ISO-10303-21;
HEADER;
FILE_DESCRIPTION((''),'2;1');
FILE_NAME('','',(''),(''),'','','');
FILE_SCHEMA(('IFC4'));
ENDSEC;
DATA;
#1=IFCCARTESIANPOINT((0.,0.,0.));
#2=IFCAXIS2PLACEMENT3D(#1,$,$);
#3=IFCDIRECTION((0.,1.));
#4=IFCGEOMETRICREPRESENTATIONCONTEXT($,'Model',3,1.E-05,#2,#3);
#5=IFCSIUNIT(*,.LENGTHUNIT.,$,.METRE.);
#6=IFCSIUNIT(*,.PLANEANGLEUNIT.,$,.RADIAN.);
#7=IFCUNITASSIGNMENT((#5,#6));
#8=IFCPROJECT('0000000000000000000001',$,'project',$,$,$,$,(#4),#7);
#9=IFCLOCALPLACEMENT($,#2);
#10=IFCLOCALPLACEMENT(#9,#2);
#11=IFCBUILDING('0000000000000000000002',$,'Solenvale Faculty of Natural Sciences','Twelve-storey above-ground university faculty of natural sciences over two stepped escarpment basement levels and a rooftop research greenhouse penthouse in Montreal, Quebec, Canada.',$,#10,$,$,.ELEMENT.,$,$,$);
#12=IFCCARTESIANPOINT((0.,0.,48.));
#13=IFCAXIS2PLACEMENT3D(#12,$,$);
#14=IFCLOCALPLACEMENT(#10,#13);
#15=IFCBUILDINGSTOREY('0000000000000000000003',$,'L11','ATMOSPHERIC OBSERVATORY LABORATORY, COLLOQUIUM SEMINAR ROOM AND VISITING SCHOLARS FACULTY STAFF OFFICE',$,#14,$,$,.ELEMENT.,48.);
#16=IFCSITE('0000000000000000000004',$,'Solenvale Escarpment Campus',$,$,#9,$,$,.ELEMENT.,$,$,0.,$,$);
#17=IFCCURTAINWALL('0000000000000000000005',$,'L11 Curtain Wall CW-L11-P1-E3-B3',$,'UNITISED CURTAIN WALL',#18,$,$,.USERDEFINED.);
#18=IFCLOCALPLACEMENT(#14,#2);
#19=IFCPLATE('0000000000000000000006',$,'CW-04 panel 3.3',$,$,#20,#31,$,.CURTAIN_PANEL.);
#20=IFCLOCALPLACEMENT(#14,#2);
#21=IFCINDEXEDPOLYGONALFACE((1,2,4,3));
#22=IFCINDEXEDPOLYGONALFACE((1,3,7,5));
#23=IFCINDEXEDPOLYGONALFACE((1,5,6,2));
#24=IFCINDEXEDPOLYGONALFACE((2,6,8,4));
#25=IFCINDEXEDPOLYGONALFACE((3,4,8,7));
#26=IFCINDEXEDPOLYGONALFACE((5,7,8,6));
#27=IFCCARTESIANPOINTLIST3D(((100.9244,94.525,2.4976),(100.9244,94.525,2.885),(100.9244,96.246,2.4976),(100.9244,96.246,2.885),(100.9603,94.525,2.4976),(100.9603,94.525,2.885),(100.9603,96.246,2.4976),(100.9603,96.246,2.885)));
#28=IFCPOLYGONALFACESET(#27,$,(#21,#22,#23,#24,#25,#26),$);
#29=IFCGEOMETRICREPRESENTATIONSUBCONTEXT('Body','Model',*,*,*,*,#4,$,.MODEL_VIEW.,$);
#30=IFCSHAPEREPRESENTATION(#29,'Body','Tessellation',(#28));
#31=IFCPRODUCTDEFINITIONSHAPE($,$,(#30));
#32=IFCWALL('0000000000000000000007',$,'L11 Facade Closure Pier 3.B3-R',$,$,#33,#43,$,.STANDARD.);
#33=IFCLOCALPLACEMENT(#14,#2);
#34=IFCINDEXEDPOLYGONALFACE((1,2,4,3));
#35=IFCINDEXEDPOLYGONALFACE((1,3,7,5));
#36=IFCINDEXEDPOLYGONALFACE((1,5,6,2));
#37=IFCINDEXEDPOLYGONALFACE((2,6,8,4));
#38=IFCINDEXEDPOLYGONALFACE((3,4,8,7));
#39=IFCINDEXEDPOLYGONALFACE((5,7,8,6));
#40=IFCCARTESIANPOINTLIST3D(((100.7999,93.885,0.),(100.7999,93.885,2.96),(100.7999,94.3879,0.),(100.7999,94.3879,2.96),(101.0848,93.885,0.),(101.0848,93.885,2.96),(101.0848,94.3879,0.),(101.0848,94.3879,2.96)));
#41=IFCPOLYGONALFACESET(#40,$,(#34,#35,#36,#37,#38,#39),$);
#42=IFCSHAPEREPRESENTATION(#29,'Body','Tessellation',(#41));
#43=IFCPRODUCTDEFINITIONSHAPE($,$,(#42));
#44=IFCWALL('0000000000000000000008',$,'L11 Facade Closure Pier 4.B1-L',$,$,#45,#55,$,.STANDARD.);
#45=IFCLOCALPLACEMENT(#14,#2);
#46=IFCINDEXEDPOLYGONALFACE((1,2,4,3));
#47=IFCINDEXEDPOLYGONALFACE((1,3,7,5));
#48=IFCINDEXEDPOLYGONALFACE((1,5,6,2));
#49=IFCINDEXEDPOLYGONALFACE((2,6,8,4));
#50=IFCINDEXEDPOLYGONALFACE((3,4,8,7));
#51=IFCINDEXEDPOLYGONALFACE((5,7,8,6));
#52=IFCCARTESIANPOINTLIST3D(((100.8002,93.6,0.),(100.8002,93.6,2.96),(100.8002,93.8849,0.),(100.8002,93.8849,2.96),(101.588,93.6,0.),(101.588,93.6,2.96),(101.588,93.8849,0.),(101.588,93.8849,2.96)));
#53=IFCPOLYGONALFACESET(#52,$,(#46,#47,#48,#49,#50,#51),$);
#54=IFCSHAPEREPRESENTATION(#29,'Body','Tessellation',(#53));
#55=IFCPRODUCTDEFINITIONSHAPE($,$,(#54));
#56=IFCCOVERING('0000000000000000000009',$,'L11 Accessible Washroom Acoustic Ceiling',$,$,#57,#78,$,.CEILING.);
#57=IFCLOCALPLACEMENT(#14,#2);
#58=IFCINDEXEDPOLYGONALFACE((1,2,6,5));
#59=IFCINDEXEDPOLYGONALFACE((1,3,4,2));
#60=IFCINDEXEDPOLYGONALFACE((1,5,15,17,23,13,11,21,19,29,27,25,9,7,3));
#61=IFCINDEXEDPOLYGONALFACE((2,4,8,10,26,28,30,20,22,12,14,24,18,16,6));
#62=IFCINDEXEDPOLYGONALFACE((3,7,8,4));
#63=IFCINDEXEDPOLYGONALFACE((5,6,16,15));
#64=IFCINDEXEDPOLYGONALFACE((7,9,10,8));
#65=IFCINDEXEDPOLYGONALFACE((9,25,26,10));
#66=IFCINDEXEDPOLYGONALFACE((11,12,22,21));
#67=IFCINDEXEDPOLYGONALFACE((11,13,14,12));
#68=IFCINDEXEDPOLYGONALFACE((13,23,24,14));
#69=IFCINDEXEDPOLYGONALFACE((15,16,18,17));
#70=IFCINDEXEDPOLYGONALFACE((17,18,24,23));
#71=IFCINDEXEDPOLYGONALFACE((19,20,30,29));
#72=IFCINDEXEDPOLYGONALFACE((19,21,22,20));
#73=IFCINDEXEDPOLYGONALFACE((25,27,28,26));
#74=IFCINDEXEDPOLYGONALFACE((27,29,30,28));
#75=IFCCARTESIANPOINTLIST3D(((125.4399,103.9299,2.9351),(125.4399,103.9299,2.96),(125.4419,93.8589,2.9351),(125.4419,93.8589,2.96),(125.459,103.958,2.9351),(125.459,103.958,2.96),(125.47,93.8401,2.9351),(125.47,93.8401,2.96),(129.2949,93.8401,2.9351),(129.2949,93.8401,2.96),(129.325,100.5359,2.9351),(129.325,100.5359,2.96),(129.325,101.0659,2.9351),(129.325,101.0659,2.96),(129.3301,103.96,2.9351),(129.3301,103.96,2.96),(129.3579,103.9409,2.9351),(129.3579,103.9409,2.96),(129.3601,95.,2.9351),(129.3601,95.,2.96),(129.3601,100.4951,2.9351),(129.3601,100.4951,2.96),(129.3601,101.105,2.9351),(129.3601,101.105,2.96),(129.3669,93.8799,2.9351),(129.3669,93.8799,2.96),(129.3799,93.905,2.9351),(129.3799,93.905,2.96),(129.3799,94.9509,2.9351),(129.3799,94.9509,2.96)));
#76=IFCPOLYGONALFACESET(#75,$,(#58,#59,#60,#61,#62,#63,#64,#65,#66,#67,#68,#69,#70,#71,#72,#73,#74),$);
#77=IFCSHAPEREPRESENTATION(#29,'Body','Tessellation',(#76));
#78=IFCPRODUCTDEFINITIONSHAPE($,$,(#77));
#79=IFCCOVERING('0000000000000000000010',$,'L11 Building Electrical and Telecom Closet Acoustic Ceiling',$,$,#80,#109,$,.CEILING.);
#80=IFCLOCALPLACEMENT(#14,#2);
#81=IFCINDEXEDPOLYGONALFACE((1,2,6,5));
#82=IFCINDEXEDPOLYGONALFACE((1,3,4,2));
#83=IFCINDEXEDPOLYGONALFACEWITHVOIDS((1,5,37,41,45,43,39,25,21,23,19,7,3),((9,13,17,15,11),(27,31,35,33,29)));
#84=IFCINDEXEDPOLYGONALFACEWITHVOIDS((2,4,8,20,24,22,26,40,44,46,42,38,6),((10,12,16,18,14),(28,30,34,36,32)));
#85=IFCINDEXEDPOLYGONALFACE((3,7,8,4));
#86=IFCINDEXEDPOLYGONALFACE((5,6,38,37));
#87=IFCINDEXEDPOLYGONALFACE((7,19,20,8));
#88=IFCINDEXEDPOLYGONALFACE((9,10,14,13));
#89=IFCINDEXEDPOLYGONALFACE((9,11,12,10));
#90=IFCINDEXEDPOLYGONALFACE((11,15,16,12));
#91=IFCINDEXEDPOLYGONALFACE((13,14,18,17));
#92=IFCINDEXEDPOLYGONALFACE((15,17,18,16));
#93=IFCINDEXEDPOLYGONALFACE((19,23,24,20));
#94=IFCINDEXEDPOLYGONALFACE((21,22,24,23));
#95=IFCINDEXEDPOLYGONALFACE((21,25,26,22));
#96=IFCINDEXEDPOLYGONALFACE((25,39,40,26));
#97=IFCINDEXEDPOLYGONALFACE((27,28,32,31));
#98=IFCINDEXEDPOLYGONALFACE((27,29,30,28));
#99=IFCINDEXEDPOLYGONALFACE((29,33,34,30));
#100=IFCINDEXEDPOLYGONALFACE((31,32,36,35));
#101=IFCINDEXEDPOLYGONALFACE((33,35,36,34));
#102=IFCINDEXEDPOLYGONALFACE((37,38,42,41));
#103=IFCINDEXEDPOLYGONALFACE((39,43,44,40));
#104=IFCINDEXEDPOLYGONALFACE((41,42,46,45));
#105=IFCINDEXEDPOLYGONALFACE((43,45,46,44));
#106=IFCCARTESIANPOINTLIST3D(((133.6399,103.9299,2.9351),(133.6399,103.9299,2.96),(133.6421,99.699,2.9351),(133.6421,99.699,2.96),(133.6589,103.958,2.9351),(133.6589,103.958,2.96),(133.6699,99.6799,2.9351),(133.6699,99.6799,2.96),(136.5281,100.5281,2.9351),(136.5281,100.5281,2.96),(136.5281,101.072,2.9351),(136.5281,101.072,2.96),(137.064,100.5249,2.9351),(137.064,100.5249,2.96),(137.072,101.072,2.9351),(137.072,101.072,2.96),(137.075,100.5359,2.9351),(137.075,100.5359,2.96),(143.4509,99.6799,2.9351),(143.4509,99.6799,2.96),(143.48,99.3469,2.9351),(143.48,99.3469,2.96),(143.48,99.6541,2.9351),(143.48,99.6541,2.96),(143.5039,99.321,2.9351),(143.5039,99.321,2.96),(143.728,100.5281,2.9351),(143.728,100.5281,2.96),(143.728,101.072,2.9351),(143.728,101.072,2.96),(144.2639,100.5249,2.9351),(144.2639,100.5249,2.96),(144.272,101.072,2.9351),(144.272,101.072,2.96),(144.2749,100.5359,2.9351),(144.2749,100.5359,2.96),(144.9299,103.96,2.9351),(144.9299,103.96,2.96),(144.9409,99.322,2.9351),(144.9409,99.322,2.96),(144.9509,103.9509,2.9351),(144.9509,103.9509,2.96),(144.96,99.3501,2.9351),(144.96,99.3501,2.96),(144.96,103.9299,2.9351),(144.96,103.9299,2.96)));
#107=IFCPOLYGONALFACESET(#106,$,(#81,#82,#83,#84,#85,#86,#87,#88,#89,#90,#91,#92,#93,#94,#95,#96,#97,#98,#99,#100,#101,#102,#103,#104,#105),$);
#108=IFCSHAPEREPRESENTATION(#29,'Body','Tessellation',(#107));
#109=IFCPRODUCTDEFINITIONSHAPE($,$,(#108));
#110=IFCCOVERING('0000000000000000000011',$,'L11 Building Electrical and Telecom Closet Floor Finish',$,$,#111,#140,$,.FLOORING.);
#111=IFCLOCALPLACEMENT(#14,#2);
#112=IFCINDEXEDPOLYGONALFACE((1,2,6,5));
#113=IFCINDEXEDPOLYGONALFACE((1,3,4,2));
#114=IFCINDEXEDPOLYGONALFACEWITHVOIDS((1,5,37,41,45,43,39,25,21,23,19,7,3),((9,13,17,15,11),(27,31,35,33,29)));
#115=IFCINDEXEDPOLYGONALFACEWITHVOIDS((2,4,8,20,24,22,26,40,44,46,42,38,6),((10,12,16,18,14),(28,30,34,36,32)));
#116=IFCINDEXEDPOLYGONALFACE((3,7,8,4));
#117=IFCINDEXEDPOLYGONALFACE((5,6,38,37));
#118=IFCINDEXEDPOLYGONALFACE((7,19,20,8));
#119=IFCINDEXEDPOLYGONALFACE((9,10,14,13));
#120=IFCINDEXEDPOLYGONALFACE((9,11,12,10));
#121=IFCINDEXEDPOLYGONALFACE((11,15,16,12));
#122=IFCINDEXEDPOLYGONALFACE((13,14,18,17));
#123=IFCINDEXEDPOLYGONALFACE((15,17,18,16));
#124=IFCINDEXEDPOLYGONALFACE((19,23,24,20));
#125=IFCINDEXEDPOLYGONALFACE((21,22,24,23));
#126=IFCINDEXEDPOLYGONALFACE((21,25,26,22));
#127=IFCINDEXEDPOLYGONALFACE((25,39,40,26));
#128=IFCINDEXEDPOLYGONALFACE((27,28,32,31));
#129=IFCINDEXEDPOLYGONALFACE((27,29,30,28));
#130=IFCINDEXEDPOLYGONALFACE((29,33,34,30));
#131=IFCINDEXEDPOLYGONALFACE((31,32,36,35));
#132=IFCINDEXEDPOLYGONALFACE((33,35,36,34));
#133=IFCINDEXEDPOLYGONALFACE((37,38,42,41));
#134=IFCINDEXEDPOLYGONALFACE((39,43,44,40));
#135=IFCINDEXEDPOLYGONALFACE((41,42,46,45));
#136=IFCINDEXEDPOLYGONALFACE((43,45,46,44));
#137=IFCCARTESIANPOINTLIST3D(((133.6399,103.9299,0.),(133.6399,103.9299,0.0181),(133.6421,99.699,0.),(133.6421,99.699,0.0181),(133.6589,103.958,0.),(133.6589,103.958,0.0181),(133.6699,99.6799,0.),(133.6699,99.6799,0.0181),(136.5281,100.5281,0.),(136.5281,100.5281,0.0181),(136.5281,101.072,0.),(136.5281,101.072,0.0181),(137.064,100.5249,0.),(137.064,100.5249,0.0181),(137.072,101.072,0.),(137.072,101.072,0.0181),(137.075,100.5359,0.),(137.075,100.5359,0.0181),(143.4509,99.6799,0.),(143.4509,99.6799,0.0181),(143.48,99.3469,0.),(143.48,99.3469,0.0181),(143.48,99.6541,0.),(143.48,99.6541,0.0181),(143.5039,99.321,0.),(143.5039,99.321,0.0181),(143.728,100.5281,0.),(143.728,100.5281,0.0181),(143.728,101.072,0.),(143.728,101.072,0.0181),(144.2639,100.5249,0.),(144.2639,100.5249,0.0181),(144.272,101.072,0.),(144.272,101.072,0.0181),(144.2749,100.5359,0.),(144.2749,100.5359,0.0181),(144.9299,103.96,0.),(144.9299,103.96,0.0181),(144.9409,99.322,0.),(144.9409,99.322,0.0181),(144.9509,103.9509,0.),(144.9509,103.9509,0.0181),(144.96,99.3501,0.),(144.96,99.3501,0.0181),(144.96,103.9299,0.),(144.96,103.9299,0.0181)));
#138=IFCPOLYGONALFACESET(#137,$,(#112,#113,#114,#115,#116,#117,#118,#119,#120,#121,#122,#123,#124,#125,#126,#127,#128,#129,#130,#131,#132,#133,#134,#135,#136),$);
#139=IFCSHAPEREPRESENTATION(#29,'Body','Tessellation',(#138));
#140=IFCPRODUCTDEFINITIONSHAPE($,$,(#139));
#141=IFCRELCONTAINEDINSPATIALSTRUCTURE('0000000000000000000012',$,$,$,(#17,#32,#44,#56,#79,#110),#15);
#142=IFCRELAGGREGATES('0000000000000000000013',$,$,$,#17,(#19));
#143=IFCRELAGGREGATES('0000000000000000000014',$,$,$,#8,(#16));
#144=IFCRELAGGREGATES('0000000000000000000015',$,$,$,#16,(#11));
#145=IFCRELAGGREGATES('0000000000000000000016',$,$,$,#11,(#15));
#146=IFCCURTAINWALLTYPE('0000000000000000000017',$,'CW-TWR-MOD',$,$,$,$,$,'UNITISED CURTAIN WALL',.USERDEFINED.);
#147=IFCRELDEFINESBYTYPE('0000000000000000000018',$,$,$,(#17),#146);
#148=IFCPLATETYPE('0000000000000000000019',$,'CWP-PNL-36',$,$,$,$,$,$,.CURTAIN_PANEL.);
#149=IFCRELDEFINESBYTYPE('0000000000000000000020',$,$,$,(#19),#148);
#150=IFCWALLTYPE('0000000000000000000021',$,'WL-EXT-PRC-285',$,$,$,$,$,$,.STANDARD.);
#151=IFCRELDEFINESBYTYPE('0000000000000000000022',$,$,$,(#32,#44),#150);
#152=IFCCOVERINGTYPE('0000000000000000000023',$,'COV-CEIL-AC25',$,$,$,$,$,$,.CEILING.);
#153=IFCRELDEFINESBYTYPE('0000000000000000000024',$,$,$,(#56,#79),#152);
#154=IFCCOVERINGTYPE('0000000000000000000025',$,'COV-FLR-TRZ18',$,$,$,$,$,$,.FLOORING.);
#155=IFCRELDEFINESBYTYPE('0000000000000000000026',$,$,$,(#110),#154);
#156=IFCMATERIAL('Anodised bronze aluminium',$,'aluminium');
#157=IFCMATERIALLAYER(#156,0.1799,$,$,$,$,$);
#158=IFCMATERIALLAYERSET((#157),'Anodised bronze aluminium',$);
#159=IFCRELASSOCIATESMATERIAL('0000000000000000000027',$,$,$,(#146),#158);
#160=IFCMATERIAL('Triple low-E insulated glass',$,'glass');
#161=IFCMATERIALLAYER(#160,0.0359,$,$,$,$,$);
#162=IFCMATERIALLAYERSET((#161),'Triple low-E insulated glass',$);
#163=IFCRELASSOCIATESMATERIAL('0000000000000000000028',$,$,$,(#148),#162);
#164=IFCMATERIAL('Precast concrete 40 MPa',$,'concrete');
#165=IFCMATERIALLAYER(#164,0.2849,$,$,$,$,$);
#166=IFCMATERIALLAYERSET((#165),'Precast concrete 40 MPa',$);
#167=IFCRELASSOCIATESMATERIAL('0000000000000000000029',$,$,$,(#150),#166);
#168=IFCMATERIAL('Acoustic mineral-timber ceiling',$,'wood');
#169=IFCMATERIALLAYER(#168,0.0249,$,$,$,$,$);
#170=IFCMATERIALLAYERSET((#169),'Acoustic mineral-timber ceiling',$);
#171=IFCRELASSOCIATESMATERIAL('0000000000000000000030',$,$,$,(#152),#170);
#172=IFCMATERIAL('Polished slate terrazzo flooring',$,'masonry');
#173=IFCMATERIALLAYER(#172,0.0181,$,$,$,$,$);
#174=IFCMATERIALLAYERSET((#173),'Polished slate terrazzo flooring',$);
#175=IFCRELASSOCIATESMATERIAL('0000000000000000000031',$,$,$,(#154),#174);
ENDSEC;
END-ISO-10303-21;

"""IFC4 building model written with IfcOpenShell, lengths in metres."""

from ifc_helpers import new_model, si_unit, direction, frame, frame_2d, origin, origin_2d, place, context, subcontext, project, spatial, polyline, rectangle, outline, extrude, material, layer, layer_set, type_object, element, aggregate, save


model = new_model("IFC4")

# Units and contexts
model_context = context("Model", 3, precision=1e-05, world=origin(), true_north=direction((0.0, 1.0)))
body_context = subcontext(model_context, "Body", "Model", "MODEL_VIEW")
ifc_project = project(units=[si_unit("LENGTHUNIT", "METRE"), si_unit("PLANEANGLEUNIT", "RADIAN")], contexts=[model_context])

# Site, building, storey
site_placement = place(None, origin())
site = spatial("IfcSite", under=ifc_project, at=site_placement, Name="Solenvale Escarpment Campus", CompositionType="ELEMENT", RefElevation=0.0)
building_placement = place(site_placement, origin())
building = spatial("IfcBuilding", under=site, at=building_placement, Name="Solenvale Faculty of Natural Sciences", Description="Twelve-storey above-ground university faculty of natural sciences over two stepped escarpment basement levels and a rooftop research greenhouse penthouse in Montreal, Quebec, Canada.", CompositionType="ELEMENT")
storey_placement = place(building_placement, frame((0.0, 0.0, 48.0)))
storey = spatial("IfcBuildingStorey", under=building, at=storey_placement, Name="L11", Description="ATMOSPHERIC OBSERVATORY LABORATORY, COLLOQUIUM SEMINAR ROOM AND VISITING SCHOLARS FACULTY STAFF OFFICE", CompositionType="ELEMENT", Elevation=48.0)

# Curtain wall, plate
ifc_material_1 = material(Name="Anodised bronze aluminium", Category="aluminium")
ifc_layer_1 = layer(ifc_material_1, 0.1799)
ifc_layer_set_1 = layer_set([ifc_layer_1], Name="Anodised bronze aluminium")
curtain_wall_type = type_object("IfcCurtainWallType", Name="CW-TWR-MOD", ElementType="UNITISED CURTAIN WALL", PredefinedType="USERDEFINED", material=ifc_layer_set_1)
curtain_wall_placement = place(storey_placement, origin())
curtain_wall = element("IfcCurtainWall", 1, at=curtain_wall_placement, inside=storey, type_object=curtain_wall_type, Name="L11 Curtain Wall CW-L11-P1-E3-B3", ObjectType="UNITISED CURTAIN WALL", PredefinedType="USERDEFINED")
ifc_material_2 = material(Name="Triple low-E insulated glass", Category="glass")
ifc_layer_2 = layer(ifc_material_2, 0.0359)
ifc_layer_set_2 = layer_set([ifc_layer_2], Name="Triple low-E insulated glass")
plate_type = type_object("IfcPlateType", Name="CWP-PNL-36", PredefinedType="CURTAIN_PANEL", material=ifc_layer_set_2)
plate_1_placement = place(storey_placement, frame((100.9424, 95.3855, 2.4976), z_axis=(0.0, 0.0, 1.0), x_axis=(0.0, -1.0, 0.0)))
plate_1 = element("IfcPlate", 2, at=plate_1_placement, type_object=plate_type, Name="CW-04 panel 3.3", PredefinedType="CURTAIN_PANEL", context=body_context, shape_type="SweptSolid", body=[
    extrude(rectangle(XDim=1.7209, YDim=0.0359, at=origin_2d()), origin(), (0.0, 0.0, 1.0), 0.3875),
])
aggregate(curtain_wall, [plate_1])

# Walls
ifc_material_3 = material(Name="Precast concrete 40 MPa", Category="concrete")
ifc_layer_3 = layer(ifc_material_3, 0.2849)
ifc_layer_set_3 = layer_set([ifc_layer_3], Name="Precast concrete 40 MPa")
wall_type = type_object("IfcWallType", Name="WL-EXT-PRC-285", PredefinedType="STANDARD", material=ifc_layer_set_3)
wall_1_placement = place(storey_placement, frame((100.9424, 94.3879, 0.0), z_axis=(0.0, 0.0, 1.0), x_axis=(0.0, -1.0, 0.0)))
element("IfcWall", 3, at=wall_1_placement, inside=storey, type_object=wall_type, Name="L11 Facade Closure Pier 3.B3-R", PredefinedType="STANDARD", context=body_context, shape_type="SweptSolid", body=[
    extrude(rectangle(XDim=0.5029, YDim=0.2849, at=frame_2d((0.2515, 0.0))), origin(), (0.0, 0.0, 1.0), 2.96),
])
wall_2_placement = place(storey_placement, frame((100.8, 93.7424, 0.0), z_axis=(0.0, 0.0, 1.0), x_axis=(1.0, 0.0, 0.0)))
element("IfcWall", 4, at=wall_2_placement, inside=storey, type_object=wall_type, Name="L11 Facade Closure Pier 4.B1-L", PredefinedType="STANDARD", context=body_context, shape_type="SweptSolid", body=[
    extrude(rectangle(XDim=0.7878, YDim=0.2849, at=frame_2d((0.394, 0.0))), origin(), (0.0, 0.0, 1.0), 2.96),
])

# Coverings
ifc_material_4 = material(Name="Acoustic mineral-timber ceiling", Category="wood")
ifc_layer_4 = layer(ifc_material_4, 0.0249)
ifc_layer_set_4 = layer_set([ifc_layer_4], Name="Acoustic mineral-timber ceiling")
covering_type_1 = type_object("IfcCoveringType", Name="COV-CEIL-AC25", PredefinedType="CEILING", material=ifc_layer_set_4)
covering_1_placement = place(storey_placement, frame((0.0, 0.0, 2.9351)))
element("IfcCovering", 5, at=covering_1_placement, inside=storey, type_object=covering_type_1, Name="L11 Accessible Washroom Acoustic Ceiling", PredefinedType="CEILING", context=body_context, shape_type="SweptSolid", body=[
    extrude(outline(polyline([(129.3669, 93.8799), (129.2949, 93.8401), (125.47, 93.8401), (125.4419, 93.8589), (125.4399, 103.9299), (125.459, 103.958), (129.3301, 103.96), (129.3579, 103.9409), (129.3601, 101.105), (129.325, 101.0659), (129.325, 100.5359), (129.3601, 100.4951), (129.3601, 95.0), (129.3799, 94.9509), (129.3799, 93.905), (129.3669, 93.8799)])), origin(), (0.0, 0.0, 1.0), 0.0249),
])
covering_2_placement = place(storey_placement, frame((0.0, 0.0, 2.9351)))
element("IfcCovering", 6, at=covering_2_placement, inside=storey, type_object=covering_type_1, Name="L11 Building Electrical and Telecom Closet Acoustic Ceiling", PredefinedType="CEILING", context=body_context, shape_type="SweptSolid", body=[
    extrude(outline(polyline([(144.9299, 103.96), (144.9509, 103.9509), (144.96, 103.9299), (144.96, 99.3501), (144.9409, 99.322), (143.5039, 99.321), (143.48, 99.3469), (143.48, 99.6541), (143.4509, 99.6799), (133.6699, 99.6799), (133.6421, 99.699), (133.6399, 103.9299), (133.6589, 103.958), (144.9299, 103.96)]), holes=[polyline([(144.2639, 100.5249), (144.2749, 100.5359), (144.272, 101.072), (143.728, 101.072), (143.728, 100.5281), (144.2639, 100.5249)]), polyline([(137.064, 100.5249), (137.075, 100.5359), (137.072, 101.072), (136.5281, 101.072), (136.5281, 100.5281), (137.064, 100.5249)])]), origin(), (0.0, 0.0, 1.0), 0.0249),
])
ifc_material_5 = material(Name="Polished slate terrazzo flooring", Category="masonry")
ifc_layer_5 = layer(ifc_material_5, 0.0181)
ifc_layer_set_5 = layer_set([ifc_layer_5], Name="Polished slate terrazzo flooring")
covering_type_2 = type_object("IfcCoveringType", Name="COV-FLR-TRZ18", PredefinedType="FLOORING", material=ifc_layer_set_5)
covering_3_placement = place(storey_placement, origin())
element("IfcCovering", 7, at=covering_3_placement, inside=storey, type_object=covering_type_2, Name="L11 Building Electrical and Telecom Closet Floor Finish", PredefinedType="FLOORING", context=body_context, shape_type="SweptSolid", body=[
    extrude(outline(polyline([(144.9299, 103.96), (144.9509, 103.9509), (144.96, 103.9299), (144.96, 99.3501), (144.9409, 99.322), (143.5039, 99.321), (143.48, 99.3469), (143.48, 99.6541), (143.4509, 99.6799), (133.6699, 99.6799), (133.6421, 99.699), (133.6399, 103.9299), (133.6589, 103.958), (144.9299, 103.96)]), holes=[polyline([(144.2639, 100.5249), (144.2749, 100.5359), (144.272, 101.072), (143.728, 101.072), (143.728, 100.5281), (144.2639, 100.5249)]), polyline([(137.064, 100.5249), (137.075, 100.5359), (137.072, 101.072), (136.5281, 101.072), (136.5281, 100.5281), (137.064, 100.5249)])]), origin(), (0.0, 0.0, 1.0), 0.0181),
])

save(model, "model.ifc")
